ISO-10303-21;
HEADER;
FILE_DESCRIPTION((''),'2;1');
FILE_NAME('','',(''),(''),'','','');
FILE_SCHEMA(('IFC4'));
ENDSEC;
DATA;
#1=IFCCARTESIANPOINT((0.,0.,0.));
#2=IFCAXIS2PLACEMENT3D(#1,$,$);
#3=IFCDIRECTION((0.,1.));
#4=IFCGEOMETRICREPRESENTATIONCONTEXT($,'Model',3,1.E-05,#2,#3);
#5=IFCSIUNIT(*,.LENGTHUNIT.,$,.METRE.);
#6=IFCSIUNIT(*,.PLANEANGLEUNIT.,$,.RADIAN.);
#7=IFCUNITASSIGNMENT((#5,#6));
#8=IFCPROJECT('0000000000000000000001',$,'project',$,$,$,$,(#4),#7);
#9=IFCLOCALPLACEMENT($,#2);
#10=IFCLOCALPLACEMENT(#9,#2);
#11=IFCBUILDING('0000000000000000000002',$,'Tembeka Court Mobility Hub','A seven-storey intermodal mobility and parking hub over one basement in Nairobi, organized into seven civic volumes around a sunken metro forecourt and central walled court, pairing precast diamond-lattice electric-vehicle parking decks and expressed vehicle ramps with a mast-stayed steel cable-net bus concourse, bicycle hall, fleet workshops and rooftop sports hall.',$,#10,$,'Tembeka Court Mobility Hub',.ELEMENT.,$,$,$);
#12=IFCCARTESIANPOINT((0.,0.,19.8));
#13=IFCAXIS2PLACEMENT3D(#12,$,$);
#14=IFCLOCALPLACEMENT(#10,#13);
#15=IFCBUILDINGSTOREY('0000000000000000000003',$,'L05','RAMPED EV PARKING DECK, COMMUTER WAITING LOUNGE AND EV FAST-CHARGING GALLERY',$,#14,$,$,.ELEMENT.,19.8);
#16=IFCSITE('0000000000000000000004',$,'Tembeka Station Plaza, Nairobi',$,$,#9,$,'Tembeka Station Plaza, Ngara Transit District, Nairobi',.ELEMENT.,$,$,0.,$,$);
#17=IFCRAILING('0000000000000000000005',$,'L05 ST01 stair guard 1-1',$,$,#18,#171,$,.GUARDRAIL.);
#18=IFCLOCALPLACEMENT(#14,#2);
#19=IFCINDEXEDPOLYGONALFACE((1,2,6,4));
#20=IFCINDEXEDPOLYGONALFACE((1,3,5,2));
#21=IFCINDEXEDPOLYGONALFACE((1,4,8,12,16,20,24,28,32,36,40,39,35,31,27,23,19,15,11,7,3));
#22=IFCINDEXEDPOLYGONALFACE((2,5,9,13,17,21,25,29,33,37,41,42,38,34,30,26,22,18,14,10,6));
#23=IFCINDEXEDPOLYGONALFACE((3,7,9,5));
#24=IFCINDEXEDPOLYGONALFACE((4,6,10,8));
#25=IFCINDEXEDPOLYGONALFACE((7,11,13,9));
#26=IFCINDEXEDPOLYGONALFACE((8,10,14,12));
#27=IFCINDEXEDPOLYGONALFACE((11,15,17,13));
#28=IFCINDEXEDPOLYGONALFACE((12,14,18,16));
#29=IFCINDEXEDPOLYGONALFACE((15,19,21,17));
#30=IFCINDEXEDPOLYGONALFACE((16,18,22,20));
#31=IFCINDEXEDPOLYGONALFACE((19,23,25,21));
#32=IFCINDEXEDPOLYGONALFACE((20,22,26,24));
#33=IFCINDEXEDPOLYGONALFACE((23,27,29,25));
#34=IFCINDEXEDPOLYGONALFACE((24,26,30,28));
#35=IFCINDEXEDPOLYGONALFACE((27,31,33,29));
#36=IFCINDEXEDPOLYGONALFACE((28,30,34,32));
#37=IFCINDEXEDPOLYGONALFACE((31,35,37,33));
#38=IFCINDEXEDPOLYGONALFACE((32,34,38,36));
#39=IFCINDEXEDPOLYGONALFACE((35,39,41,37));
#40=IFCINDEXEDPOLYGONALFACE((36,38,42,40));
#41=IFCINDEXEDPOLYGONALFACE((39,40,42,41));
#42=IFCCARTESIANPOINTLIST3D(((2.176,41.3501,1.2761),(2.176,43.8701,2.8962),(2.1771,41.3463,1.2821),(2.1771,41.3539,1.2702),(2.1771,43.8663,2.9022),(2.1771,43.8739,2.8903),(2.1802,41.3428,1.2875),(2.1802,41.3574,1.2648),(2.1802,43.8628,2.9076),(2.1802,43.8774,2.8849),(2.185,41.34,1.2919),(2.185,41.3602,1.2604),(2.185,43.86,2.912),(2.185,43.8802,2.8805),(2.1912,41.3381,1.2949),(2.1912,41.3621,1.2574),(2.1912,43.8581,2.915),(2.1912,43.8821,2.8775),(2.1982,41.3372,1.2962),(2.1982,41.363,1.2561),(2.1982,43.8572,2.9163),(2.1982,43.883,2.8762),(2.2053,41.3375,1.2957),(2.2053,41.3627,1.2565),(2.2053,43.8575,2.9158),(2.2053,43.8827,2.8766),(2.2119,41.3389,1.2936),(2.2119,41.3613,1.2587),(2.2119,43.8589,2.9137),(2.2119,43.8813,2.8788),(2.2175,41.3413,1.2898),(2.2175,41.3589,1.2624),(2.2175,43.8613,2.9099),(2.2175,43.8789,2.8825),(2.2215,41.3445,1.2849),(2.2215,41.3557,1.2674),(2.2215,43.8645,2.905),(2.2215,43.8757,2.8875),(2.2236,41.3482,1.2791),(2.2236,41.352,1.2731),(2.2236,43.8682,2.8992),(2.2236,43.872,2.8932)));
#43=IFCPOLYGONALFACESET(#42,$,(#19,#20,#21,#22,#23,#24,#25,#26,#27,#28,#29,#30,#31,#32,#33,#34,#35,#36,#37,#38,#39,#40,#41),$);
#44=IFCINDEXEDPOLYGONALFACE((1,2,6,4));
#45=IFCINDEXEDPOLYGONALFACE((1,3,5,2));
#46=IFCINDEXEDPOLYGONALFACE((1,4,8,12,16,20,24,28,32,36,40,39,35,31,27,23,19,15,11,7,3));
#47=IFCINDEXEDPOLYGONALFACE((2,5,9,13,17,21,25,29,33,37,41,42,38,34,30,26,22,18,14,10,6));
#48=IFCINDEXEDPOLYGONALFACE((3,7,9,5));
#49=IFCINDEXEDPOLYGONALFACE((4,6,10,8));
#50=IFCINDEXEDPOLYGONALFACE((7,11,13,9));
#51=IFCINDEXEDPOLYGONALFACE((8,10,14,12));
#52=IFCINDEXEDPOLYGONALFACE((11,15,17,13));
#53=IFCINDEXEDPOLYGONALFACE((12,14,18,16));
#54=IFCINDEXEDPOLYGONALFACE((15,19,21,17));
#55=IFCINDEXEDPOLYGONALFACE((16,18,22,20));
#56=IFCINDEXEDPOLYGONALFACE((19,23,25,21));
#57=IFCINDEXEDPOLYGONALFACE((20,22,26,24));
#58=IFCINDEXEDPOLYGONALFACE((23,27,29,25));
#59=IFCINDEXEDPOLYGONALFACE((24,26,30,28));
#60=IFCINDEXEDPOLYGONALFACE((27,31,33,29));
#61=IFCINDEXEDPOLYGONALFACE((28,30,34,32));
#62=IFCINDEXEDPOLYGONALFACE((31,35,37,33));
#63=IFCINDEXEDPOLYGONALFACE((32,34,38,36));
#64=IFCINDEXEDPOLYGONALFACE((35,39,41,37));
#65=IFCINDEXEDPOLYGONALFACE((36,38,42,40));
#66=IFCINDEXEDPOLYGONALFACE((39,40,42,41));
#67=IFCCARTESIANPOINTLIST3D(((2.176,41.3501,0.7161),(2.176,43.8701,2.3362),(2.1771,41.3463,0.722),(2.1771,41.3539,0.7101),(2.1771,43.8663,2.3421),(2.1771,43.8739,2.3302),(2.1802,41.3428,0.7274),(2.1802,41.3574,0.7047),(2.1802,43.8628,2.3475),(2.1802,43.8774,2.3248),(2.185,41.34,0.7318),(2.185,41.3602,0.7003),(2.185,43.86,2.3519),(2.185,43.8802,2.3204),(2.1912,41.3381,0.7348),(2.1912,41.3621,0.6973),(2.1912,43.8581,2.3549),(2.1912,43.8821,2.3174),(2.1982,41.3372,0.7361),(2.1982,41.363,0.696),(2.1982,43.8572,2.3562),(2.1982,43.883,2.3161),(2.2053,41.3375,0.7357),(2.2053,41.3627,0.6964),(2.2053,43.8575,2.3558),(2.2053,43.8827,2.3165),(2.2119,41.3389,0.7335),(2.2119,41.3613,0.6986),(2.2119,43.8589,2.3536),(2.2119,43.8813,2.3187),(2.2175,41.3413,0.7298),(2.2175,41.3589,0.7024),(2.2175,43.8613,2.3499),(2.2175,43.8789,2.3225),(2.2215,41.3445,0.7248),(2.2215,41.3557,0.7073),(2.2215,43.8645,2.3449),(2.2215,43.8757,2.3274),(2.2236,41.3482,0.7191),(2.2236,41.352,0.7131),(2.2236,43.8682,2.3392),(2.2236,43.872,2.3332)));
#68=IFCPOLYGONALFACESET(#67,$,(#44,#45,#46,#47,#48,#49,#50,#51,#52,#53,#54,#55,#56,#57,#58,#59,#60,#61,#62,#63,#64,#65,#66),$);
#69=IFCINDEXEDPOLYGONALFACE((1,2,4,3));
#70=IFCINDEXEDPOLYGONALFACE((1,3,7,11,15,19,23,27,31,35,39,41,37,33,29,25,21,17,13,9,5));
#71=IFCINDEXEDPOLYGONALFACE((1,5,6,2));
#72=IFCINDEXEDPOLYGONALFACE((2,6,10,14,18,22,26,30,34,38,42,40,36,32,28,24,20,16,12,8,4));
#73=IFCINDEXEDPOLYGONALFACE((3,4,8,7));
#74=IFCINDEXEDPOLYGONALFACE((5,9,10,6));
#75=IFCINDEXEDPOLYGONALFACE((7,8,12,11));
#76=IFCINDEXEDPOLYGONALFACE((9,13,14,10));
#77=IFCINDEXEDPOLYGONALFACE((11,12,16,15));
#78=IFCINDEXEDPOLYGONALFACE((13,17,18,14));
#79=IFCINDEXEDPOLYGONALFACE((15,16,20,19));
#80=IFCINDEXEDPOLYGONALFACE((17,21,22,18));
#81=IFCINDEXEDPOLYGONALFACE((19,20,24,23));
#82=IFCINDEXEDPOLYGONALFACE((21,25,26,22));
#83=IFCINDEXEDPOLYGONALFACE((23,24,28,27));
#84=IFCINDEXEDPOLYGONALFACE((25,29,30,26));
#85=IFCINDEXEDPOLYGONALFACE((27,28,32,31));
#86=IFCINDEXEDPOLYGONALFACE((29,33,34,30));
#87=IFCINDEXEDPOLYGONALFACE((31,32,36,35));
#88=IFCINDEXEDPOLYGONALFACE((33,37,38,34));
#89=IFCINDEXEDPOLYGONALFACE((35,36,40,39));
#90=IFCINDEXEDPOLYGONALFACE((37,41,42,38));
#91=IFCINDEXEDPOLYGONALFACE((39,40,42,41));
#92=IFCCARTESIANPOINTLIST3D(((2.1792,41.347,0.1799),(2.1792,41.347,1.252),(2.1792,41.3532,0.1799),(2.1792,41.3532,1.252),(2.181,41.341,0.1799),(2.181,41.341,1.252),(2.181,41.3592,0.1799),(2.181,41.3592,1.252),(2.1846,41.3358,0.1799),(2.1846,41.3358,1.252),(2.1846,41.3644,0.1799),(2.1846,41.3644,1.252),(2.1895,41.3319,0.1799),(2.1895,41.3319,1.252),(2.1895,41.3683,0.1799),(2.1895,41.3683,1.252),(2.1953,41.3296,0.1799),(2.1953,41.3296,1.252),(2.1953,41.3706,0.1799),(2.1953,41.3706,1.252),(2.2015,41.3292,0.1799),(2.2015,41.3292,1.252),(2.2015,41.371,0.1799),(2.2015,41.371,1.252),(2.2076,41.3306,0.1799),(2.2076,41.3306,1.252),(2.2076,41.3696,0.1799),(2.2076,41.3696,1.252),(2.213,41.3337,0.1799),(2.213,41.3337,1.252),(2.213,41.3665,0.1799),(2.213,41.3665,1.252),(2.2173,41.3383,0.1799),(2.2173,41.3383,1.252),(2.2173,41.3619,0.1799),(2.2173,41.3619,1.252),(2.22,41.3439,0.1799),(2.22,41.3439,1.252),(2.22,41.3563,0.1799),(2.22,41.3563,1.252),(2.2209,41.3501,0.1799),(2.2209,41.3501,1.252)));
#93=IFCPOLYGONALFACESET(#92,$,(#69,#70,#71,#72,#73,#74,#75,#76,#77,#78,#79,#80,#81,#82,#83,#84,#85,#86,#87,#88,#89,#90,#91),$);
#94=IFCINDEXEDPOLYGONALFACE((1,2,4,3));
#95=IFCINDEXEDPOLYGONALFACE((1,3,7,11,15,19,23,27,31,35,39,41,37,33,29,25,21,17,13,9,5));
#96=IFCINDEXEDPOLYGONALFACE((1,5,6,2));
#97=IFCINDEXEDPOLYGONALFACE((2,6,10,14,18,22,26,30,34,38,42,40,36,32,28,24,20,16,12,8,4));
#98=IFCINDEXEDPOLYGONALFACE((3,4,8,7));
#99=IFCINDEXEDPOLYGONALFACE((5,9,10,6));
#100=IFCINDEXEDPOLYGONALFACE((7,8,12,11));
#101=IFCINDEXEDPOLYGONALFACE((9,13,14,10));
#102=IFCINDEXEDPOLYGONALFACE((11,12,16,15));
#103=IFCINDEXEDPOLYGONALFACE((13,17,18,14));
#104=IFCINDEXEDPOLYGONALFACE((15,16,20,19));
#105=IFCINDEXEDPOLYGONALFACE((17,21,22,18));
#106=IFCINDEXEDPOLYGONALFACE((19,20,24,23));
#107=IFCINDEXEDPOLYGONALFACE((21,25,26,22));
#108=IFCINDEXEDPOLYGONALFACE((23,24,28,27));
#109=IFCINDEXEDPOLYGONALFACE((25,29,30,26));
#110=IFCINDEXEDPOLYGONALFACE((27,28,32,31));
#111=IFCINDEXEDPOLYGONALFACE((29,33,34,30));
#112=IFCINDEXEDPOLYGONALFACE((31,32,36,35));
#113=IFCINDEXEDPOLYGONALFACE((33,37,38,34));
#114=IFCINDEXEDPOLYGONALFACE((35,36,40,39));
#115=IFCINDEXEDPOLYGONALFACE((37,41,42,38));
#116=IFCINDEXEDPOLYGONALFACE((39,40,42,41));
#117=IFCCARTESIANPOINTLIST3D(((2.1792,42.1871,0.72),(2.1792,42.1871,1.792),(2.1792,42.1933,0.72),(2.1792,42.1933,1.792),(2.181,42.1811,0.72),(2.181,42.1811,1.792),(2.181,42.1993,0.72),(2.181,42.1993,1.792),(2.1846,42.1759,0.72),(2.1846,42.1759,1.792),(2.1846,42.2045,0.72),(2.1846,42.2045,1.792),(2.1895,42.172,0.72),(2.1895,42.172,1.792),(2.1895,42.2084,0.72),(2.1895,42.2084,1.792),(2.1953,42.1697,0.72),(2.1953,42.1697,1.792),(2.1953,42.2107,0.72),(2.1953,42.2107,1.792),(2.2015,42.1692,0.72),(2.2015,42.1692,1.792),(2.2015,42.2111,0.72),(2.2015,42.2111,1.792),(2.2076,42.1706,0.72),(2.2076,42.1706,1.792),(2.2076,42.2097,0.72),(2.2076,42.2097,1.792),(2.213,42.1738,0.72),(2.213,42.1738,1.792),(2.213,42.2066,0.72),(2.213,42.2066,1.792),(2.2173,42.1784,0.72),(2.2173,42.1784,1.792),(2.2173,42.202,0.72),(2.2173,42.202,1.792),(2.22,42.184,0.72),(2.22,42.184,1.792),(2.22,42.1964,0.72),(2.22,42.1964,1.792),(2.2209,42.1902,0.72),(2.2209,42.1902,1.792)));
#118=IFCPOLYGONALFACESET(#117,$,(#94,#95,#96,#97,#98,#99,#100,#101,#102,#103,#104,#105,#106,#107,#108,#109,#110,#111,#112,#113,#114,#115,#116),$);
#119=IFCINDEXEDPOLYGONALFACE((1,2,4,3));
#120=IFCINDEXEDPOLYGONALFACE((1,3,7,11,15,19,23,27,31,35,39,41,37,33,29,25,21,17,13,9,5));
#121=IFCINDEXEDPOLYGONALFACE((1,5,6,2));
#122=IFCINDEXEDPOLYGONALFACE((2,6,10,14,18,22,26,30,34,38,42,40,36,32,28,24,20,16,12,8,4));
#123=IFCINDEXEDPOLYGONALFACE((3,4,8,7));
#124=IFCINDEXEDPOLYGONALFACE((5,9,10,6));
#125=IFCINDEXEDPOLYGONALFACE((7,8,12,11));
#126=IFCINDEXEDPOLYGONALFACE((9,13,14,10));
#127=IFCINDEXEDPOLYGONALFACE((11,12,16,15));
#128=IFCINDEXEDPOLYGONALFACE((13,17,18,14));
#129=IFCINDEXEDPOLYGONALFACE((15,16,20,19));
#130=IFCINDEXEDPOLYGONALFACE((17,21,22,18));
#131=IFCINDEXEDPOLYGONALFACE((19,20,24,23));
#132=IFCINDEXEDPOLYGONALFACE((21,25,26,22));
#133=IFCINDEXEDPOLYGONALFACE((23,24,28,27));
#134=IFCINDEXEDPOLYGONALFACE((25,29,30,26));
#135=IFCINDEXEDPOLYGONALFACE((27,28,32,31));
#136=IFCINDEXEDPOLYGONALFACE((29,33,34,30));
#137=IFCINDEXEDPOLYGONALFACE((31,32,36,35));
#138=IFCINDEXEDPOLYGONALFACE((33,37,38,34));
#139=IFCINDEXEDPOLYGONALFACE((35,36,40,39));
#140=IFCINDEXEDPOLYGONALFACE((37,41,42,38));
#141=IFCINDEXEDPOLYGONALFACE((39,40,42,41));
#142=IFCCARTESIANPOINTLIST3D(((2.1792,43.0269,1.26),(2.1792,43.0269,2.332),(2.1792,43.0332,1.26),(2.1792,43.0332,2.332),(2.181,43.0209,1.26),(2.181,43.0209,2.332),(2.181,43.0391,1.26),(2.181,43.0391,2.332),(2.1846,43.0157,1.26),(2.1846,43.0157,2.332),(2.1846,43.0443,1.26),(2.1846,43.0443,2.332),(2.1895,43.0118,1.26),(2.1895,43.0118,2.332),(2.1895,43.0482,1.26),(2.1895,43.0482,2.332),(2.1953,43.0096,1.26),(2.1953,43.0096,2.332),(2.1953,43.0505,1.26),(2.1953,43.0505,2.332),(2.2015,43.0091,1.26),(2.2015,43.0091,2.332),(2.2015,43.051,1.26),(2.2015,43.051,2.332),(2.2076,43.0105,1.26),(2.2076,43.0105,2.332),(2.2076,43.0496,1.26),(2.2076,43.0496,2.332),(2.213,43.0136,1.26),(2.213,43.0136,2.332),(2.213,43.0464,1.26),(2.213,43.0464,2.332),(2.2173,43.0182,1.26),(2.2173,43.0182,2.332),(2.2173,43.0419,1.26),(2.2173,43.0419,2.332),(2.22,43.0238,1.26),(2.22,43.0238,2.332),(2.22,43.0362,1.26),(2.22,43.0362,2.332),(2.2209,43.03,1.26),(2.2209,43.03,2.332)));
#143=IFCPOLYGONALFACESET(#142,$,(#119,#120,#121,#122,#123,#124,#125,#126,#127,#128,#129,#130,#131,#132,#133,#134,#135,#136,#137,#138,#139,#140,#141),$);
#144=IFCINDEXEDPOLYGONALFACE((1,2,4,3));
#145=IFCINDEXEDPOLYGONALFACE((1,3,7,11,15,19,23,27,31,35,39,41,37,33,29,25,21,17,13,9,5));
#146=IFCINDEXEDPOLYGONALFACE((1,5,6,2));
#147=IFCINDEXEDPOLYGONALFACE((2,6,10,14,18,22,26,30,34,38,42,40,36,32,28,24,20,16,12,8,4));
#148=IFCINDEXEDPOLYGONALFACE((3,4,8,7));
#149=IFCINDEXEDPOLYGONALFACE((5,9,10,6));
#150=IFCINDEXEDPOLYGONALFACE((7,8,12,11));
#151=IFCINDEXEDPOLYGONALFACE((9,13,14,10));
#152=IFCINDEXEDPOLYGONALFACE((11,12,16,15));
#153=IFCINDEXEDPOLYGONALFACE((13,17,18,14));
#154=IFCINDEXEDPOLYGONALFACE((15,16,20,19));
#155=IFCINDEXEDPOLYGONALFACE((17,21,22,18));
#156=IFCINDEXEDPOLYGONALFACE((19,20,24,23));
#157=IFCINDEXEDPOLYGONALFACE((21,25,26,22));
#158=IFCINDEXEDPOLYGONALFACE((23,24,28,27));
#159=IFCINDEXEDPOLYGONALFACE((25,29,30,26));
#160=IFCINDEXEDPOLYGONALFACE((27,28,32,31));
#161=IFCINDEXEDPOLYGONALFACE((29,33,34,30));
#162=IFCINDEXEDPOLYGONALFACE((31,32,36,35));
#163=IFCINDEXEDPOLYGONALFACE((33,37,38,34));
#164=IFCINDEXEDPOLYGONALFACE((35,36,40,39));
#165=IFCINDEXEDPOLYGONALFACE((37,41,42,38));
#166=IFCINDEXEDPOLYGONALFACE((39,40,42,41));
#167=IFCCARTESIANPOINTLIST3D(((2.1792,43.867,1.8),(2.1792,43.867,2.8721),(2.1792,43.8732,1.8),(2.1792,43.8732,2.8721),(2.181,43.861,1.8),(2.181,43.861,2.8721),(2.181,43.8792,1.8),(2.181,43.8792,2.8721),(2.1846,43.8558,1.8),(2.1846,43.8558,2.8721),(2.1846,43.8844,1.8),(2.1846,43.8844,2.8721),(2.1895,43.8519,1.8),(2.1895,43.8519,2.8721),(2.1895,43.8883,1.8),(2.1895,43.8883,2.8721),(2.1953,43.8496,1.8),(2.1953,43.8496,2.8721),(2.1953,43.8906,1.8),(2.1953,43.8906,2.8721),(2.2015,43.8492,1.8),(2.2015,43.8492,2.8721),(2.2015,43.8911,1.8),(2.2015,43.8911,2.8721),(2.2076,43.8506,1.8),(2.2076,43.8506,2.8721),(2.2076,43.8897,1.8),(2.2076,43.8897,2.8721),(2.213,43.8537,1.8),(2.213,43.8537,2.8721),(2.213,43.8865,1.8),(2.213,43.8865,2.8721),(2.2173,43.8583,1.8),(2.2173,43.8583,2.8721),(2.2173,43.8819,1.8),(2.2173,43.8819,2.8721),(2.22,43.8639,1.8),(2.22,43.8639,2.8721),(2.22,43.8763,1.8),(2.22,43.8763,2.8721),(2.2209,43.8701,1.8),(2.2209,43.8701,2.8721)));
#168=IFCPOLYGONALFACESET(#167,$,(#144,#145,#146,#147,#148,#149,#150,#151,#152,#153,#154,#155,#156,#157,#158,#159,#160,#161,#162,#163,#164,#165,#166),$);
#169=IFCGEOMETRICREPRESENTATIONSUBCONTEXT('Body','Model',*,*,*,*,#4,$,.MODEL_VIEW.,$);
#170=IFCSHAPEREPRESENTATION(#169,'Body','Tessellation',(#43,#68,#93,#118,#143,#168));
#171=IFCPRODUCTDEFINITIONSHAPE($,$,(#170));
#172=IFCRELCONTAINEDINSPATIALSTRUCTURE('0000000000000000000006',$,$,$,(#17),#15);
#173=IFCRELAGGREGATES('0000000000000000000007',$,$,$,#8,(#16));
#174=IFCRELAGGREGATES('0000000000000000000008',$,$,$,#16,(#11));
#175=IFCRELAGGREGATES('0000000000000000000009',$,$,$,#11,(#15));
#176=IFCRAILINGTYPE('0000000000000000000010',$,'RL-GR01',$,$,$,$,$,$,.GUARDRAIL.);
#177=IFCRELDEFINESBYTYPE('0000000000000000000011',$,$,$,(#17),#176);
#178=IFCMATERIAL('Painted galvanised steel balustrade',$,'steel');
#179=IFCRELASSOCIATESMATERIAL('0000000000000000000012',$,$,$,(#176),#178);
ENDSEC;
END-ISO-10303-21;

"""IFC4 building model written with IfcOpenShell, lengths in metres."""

from ifc_helpers import new_model, si_unit, direction, frame, origin, origin_2d, place, context, subcontext, project, spatial, circle, extrude, material, type_object, element, save


model = new_model("IFC4")

# Units and contexts
model_context = context("Model", 3, precision=1e-05, world=origin(), true_north=direction((0.0, 1.0)))
body_context = subcontext(model_context, "Body", "Model", "MODEL_VIEW")
ifc_project = project(units=[si_unit("LENGTHUNIT", "METRE"), si_unit("PLANEANGLEUNIT", "RADIAN")], contexts=[model_context])

# Site, building, storey
site_placement = place(None, origin())
site = spatial("IfcSite", under=ifc_project, at=site_placement, Name="Tembeka Station Plaza, Nairobi", LongName="Tembeka Station Plaza, Ngara Transit District, Nairobi", CompositionType="ELEMENT", RefElevation=0.0)
building_placement = place(site_placement, origin())
building = spatial("IfcBuilding", under=site, at=building_placement, Name="Tembeka Court Mobility Hub", Description="A seven-storey intermodal mobility and parking hub over one basement in Nairobi, organized into seven civic volumes around a sunken metro forecourt and central walled court, pairing precast diamond-lattice electric-vehicle parking decks and expressed vehicle ramps with a mast-stayed steel cable-net bus concourse, bicycle hall, fleet workshops and rooftop sports hall.", LongName="Tembeka Court Mobility Hub", CompositionType="ELEMENT")
storey_placement = place(building_placement, frame((0.0, 0.0, 19.8)))
storey = spatial("IfcBuildingStorey", under=building, at=storey_placement, Name="L05", Description="RAMPED EV PARKING DECK, COMMUTER WAITING LOUNGE AND EV FAST-CHARGING GALLERY", CompositionType="ELEMENT", Elevation=19.8)

# Railing
ifc_material_1 = material(Name="Painted galvanised steel balustrade", Category="steel")
railing_type_1 = type_object("IfcRailingType", Name="RL-GR01", PredefinedType="GUARDRAIL", material=ifc_material_1)
railing_1_placement = place(storey_placement, frame((2.2, 41.3501, 0.1799)))
element("IfcRailing", 1, at=railing_1_placement, inside=storey, type_object=railing_type_1, Name="L05 ST01 stair guard 1-1", PredefinedType="GUARDRAIL", context=body_context, shape_type="SweptSolid", body=[
    extrude(circle(Radius=0.0239, at=origin_2d()), frame((0.0, 0.0, 1.0962), z_axis=(0.0, 0.841163, 0.540782), x_axis=(-1.0, 0.0, 0.0)), (0.0, 0.0, 1.0), 2.9958),
    extrude(circle(Radius=0.0239, at=origin_2d()), frame((0.0, 0.0, 0.5361), z_axis=(0.0, 0.841163, 0.540782), x_axis=(-1.0, 0.0, 0.0)), (0.0, 0.0, 1.0), 2.9958),
    extrude(circle(Radius=0.021, at=origin_2d()), origin(), (0.0, 0.0, 1.0), 1.072),
    extrude(circle(Radius=0.021, at=origin_2d()), frame((0.0, 0.8401, 0.54)), (0.0, 0.0, 1.0), 1.072),
    extrude(circle(Radius=0.021, at=origin_2d()), frame((0.0, 1.6799, 1.0801)), (0.0, 0.0, 1.0), 1.072),
    extrude(circle(Radius=0.021, at=origin_2d()), frame((0.0, 2.52, 1.6201)), (0.0, 0.0, 1.0), 1.072),
])

save(model, "model.ifc")
